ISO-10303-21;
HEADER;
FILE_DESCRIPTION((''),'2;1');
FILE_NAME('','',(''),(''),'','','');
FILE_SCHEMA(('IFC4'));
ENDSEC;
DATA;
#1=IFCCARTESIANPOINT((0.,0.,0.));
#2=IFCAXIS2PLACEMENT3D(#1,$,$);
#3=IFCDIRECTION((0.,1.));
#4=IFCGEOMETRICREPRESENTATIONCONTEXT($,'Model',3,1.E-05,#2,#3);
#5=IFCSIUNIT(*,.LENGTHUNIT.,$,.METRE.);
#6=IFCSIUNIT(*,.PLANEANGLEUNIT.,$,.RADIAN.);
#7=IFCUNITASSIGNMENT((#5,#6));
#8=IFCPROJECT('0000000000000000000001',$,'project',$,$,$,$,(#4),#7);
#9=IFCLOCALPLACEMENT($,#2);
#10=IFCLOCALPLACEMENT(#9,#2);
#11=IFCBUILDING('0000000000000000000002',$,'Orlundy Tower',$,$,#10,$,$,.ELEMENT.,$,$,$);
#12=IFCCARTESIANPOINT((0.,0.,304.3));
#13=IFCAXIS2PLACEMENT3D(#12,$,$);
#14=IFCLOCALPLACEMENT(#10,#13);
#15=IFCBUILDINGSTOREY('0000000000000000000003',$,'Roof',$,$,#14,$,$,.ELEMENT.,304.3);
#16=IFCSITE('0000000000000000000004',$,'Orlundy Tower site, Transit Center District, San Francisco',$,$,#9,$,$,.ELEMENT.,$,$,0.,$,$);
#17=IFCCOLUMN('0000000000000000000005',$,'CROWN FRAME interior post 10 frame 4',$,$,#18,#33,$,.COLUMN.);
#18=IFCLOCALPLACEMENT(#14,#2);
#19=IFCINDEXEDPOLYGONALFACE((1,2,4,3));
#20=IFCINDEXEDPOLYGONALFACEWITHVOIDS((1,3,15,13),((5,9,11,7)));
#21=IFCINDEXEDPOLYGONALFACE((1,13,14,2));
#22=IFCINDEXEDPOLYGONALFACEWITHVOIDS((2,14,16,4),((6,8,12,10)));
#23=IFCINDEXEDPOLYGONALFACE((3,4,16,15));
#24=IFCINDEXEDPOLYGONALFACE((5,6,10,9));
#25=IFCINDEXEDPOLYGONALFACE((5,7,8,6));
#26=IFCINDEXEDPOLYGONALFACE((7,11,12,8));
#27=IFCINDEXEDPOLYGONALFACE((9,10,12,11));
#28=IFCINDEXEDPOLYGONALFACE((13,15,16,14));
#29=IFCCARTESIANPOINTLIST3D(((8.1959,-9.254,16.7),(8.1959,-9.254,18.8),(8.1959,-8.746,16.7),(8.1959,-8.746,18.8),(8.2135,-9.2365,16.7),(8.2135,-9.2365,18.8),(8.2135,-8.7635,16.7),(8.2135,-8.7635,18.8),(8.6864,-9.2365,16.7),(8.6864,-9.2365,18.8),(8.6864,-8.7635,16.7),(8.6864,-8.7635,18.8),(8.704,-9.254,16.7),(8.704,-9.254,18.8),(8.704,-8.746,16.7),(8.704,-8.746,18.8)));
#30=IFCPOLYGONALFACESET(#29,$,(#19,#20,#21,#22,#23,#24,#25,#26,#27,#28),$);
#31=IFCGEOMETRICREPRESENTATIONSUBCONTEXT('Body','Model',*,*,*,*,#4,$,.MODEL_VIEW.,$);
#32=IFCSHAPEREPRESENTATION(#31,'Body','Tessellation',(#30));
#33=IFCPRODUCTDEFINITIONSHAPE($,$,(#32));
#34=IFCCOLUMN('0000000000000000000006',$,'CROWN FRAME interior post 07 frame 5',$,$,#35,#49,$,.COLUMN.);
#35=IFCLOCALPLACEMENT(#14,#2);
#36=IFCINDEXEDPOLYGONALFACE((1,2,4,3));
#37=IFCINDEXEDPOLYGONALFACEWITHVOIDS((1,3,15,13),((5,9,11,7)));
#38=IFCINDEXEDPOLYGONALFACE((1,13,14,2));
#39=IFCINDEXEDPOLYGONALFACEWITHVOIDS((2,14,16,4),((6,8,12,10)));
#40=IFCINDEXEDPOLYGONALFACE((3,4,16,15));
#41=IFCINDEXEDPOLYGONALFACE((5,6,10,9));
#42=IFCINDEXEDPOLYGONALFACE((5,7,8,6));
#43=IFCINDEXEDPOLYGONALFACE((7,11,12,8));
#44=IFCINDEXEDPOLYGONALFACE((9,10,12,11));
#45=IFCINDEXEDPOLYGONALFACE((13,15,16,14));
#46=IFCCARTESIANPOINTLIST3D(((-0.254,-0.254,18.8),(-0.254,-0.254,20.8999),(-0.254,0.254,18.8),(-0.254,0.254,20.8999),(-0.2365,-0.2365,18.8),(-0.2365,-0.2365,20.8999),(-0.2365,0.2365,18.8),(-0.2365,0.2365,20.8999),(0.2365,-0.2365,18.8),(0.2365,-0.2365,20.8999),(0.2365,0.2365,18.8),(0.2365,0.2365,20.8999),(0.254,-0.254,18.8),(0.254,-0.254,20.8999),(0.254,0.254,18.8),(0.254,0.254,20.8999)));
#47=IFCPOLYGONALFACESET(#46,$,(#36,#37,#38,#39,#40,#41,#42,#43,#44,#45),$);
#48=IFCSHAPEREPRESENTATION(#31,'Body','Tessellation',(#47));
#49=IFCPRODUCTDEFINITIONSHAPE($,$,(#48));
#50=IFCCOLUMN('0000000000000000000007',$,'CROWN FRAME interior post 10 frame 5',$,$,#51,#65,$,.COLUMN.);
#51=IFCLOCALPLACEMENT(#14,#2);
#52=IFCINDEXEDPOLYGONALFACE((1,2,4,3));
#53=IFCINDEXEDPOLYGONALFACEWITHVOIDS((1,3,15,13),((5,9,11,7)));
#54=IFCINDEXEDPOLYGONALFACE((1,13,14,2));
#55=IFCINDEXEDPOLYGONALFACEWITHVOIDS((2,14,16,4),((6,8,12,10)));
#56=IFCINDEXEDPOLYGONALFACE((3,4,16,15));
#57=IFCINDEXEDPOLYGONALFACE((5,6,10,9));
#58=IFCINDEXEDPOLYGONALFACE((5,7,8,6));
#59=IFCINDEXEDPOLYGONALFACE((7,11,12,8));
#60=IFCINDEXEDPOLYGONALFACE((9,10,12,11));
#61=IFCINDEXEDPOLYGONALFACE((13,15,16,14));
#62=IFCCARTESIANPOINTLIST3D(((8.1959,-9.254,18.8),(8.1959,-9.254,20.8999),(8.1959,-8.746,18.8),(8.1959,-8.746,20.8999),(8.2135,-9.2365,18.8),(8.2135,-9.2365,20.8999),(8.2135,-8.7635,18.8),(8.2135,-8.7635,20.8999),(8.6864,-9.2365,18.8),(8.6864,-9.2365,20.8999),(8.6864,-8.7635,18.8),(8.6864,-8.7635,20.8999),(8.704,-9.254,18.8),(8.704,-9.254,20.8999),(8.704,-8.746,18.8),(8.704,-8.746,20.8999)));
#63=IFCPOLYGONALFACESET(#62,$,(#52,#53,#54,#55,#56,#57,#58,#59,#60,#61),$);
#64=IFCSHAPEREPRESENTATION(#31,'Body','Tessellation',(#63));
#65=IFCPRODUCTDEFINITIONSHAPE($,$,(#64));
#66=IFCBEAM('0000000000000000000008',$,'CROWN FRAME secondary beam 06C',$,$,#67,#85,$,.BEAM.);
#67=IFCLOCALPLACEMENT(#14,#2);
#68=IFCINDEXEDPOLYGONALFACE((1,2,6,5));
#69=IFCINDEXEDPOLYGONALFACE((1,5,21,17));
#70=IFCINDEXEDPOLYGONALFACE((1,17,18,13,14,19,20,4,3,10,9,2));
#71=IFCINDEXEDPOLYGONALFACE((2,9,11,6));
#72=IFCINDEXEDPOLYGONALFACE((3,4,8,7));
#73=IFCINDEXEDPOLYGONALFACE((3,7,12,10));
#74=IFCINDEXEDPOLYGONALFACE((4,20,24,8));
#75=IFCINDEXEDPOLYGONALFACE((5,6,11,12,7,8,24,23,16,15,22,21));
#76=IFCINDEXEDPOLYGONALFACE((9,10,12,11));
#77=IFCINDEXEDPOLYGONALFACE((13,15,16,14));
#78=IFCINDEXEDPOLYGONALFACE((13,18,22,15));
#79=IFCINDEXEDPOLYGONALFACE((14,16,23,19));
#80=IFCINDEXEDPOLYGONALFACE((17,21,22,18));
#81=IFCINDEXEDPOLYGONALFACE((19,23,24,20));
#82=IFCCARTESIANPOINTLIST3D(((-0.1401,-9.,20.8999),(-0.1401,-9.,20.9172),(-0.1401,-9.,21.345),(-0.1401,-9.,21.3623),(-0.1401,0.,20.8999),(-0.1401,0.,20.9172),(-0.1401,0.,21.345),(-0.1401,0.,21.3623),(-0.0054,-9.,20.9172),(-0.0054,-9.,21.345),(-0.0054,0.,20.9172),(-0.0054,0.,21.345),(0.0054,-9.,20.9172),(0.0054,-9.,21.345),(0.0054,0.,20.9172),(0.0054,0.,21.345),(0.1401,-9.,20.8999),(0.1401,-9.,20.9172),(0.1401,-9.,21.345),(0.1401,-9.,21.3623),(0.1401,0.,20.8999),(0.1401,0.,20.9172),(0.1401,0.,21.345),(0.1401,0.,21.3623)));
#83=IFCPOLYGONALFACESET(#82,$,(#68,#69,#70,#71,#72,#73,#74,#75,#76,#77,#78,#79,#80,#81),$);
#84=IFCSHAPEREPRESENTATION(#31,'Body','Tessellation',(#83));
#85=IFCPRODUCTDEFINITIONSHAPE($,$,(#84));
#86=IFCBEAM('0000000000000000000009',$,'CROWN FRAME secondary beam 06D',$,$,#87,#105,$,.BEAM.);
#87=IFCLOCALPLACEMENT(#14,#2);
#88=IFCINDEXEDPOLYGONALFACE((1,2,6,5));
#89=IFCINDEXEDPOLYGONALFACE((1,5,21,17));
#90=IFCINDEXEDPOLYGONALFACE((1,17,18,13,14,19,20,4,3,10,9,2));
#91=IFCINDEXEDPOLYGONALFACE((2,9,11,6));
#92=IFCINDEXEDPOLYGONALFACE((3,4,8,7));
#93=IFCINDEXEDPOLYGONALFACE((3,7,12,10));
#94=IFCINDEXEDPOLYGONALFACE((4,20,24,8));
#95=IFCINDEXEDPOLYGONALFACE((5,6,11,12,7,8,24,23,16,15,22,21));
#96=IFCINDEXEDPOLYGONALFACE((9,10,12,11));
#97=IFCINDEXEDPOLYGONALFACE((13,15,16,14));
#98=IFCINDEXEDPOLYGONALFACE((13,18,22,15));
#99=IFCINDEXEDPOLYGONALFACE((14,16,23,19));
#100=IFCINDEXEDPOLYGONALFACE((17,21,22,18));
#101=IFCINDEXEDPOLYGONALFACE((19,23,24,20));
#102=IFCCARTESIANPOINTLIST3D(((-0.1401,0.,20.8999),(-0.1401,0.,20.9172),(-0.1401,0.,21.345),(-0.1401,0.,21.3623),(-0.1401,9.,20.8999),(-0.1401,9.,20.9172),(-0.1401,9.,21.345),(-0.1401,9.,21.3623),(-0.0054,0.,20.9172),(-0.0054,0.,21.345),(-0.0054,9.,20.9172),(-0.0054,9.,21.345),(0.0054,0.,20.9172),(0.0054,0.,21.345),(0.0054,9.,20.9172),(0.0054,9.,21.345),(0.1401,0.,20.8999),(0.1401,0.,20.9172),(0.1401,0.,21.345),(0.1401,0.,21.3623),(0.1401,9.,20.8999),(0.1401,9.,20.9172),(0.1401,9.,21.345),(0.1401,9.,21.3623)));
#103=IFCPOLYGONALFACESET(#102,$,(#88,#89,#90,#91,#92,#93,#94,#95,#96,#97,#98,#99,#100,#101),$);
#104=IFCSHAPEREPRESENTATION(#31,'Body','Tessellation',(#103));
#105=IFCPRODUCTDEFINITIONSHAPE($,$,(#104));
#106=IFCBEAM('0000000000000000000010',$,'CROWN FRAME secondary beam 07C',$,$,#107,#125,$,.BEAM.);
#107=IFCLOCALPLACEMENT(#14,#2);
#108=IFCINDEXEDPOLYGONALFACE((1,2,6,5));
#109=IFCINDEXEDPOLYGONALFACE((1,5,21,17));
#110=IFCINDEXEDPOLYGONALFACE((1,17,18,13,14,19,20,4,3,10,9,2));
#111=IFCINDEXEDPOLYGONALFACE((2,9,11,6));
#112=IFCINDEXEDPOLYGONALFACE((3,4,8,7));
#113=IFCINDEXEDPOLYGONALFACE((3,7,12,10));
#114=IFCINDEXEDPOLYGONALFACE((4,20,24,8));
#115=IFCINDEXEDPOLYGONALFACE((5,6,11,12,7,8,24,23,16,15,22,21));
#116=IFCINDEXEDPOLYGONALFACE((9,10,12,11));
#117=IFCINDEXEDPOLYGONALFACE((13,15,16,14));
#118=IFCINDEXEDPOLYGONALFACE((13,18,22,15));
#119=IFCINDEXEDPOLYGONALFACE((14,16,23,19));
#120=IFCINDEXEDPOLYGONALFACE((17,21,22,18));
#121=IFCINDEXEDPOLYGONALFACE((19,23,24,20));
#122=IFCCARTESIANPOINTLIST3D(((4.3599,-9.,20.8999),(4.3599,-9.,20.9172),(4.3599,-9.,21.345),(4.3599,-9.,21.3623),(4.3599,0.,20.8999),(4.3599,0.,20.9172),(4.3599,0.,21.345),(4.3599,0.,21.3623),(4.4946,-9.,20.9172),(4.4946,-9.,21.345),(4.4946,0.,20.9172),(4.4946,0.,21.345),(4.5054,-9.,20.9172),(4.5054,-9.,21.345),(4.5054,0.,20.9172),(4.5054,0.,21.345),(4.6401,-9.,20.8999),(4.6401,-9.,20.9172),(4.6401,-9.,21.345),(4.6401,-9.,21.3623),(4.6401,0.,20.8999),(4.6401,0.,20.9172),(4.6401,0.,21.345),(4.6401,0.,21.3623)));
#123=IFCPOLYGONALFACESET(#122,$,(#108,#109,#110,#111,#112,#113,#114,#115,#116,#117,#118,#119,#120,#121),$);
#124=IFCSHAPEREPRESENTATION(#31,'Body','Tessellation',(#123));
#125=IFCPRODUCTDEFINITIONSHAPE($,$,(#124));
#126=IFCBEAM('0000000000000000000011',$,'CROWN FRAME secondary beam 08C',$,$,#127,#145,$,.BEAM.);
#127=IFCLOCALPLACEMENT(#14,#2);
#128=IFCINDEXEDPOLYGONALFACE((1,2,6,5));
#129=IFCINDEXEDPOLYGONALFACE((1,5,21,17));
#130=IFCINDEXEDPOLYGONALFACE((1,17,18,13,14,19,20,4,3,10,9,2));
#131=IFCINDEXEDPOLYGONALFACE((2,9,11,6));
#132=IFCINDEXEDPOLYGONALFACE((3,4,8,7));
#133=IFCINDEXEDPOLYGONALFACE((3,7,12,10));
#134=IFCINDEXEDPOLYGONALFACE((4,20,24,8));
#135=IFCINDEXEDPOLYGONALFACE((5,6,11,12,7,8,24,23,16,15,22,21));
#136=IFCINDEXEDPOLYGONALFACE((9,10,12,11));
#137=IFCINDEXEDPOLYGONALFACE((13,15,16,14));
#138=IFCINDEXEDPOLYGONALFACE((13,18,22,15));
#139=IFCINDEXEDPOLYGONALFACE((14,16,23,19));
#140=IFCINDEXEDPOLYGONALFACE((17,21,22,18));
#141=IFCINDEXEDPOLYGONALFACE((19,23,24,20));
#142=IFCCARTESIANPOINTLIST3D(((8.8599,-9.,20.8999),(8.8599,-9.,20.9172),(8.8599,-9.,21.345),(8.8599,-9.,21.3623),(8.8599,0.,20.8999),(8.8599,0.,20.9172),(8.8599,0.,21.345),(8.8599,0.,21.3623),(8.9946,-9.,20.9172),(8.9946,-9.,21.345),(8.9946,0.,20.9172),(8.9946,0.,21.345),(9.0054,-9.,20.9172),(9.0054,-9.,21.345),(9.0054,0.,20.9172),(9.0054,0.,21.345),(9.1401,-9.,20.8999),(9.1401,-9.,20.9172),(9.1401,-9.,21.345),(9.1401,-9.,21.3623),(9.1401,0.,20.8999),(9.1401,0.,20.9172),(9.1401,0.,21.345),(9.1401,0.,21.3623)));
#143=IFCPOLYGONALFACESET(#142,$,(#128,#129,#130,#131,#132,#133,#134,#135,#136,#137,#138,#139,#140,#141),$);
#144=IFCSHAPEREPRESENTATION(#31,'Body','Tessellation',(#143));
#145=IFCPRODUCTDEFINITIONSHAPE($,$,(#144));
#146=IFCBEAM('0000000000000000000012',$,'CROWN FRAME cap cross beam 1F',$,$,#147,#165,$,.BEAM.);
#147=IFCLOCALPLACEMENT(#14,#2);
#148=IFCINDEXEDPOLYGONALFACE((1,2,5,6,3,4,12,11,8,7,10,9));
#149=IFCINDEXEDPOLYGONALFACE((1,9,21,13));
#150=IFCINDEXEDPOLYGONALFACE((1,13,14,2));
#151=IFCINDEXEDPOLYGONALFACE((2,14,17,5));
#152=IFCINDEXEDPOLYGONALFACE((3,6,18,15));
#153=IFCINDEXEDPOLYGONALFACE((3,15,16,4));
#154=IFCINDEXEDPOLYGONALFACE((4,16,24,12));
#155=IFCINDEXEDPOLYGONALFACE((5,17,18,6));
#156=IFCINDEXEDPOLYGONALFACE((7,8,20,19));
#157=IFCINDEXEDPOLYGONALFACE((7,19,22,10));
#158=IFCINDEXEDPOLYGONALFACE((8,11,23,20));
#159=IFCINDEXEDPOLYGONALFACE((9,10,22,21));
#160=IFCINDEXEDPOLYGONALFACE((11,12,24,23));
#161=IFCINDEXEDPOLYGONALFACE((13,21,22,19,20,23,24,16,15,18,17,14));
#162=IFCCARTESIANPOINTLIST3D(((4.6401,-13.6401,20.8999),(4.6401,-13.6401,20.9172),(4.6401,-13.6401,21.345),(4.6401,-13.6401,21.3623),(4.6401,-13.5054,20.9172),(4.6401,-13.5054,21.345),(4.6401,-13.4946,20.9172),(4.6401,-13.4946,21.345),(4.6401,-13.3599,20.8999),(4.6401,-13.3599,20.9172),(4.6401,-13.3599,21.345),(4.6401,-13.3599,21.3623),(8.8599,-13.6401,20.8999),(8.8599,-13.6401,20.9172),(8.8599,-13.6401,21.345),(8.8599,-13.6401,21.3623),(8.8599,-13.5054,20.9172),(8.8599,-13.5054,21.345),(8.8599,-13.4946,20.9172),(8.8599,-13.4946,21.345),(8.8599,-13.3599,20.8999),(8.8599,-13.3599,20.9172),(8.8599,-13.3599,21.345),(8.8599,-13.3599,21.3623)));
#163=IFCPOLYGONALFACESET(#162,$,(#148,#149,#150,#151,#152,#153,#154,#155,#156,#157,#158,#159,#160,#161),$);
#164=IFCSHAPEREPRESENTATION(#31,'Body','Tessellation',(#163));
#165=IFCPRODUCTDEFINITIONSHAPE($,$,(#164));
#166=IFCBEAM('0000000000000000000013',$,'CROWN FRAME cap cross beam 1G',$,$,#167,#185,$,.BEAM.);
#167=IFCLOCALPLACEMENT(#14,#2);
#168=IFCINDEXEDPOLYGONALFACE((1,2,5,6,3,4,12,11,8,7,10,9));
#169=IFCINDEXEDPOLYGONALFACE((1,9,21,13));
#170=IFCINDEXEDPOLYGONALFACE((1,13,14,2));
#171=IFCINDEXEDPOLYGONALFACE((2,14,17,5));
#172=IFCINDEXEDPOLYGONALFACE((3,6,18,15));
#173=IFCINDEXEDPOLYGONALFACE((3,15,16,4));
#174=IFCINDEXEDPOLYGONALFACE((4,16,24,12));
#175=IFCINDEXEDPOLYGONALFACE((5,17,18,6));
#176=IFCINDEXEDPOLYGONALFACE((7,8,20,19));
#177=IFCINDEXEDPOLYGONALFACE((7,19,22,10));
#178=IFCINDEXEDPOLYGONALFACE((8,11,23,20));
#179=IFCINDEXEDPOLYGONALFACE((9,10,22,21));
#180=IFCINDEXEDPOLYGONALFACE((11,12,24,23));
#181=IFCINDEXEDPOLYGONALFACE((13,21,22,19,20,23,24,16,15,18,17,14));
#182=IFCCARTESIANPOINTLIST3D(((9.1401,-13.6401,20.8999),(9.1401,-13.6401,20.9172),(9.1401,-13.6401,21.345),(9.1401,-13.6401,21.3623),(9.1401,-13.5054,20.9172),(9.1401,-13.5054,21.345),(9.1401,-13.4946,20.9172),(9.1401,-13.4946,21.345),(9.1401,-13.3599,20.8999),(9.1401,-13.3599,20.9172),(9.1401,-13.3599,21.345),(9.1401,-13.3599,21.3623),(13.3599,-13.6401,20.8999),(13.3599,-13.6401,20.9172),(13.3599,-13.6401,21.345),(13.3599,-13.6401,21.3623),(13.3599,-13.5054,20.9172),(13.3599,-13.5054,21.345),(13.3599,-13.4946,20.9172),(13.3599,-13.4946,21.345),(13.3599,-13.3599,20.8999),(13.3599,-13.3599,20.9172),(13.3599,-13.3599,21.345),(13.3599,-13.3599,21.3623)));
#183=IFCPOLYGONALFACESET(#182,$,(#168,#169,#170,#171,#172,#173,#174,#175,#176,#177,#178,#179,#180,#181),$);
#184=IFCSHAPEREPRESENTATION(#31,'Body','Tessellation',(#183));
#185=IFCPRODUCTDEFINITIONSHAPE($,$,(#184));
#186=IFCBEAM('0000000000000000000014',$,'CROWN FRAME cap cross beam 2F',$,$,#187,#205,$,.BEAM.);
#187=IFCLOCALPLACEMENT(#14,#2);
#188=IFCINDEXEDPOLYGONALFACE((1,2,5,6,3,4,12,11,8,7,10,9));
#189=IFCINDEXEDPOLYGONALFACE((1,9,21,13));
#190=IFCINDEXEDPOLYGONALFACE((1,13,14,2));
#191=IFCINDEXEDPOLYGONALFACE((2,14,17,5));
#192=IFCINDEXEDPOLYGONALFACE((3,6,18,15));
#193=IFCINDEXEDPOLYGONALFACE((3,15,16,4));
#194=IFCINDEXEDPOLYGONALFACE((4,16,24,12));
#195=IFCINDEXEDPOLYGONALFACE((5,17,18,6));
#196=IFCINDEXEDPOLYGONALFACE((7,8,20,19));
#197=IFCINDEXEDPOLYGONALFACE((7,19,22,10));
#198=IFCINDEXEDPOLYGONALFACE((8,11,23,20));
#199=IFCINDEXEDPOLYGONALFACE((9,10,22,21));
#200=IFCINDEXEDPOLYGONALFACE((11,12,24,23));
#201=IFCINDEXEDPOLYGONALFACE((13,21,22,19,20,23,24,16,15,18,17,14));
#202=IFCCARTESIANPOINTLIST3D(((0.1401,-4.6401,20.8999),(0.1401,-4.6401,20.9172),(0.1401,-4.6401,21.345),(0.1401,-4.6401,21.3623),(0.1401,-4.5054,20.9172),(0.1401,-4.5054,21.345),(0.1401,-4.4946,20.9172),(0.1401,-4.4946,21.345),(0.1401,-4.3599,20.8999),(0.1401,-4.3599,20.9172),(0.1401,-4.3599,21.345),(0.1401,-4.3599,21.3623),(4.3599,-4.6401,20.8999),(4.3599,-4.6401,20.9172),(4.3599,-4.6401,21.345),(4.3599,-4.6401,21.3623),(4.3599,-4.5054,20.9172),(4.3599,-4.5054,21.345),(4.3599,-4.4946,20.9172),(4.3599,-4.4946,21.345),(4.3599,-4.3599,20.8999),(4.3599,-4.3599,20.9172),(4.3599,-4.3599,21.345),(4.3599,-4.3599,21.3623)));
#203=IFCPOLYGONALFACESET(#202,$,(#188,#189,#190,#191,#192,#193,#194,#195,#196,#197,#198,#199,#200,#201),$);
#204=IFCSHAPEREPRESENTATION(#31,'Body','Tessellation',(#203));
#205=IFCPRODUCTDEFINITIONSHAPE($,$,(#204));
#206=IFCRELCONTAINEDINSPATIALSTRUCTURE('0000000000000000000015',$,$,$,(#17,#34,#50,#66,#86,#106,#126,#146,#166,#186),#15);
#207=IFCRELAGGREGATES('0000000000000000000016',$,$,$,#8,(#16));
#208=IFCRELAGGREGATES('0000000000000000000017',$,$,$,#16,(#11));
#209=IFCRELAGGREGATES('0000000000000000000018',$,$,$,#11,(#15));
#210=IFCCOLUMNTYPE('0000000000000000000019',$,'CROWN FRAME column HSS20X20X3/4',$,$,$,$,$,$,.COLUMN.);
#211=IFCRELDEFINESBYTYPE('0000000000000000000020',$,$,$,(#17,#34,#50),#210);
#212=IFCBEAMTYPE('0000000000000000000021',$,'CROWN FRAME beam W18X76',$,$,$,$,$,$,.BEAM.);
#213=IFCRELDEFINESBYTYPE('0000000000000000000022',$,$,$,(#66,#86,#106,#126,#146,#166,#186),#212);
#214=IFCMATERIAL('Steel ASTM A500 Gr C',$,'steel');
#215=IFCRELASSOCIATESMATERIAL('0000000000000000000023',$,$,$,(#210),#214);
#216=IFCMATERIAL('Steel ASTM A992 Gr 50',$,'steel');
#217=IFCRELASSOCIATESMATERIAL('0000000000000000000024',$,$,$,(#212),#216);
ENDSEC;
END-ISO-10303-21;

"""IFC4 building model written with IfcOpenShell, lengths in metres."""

from ifc_helpers import new_model, si_unit, direction, frame, origin, origin_2d, place, context, subcontext, project, spatial, hollow_rectangle, i_section, extrude, material, material_profile, profile_set, type_object, element, save


model = new_model("IFC4")

# Units and contexts
model_context = context("Model", 3, precision=1e-05, world=origin(), true_north=direction((0.0, 1.0)))
body_context = subcontext(model_context, "Body", "Model", "MODEL_VIEW")
ifc_project = project(units=[si_unit("LENGTHUNIT", "METRE"), si_unit("PLANEANGLEUNIT", "RADIAN")], contexts=[model_context])

# Site, building, storey
site_placement = place(None, origin())
site = spatial("IfcSite", under=ifc_project, at=site_placement, Name="Orlundy Tower site, Transit Center District, San Francisco", CompositionType="ELEMENT", RefElevation=0.0)
building_placement = place(site_placement, origin())
building = spatial("IfcBuilding", under=site, at=building_placement, Name="Orlundy Tower", CompositionType="ELEMENT")
storey_placement = place(building_placement, frame((0.0, 0.0, 304.3)))
storey = spatial("IfcBuildingStorey", under=building, at=storey_placement, Name="Roof", CompositionType="ELEMENT", Elevation=304.3)

# Columns
ifc_material_1 = material(Name="Steel ASTM A500 Gr C", Category="steel")
ifc_material_profile_1 = material_profile(ifc_material_1, hollow_rectangle(XDim=0.5081, YDim=0.5081, WallThickness=0.0176, at=origin_2d()), Name="HSS20X20X3/4")
ifc_profile_set_1 = profile_set([ifc_material_profile_1], Name="Steel ASTM A500 Gr C")
column_type = type_object("IfcColumnType", Name="CROWN FRAME column HSS20X20X3/4", PredefinedType="COLUMN", material=ifc_profile_set_1)
column_placement = place(storey_placement, frame((8.45, -9.0, 16.7), z_axis=(0.0, 0.0, 1.0), x_axis=(1.0, 0.0, 0.0)))
element("IfcColumn", 1, at=column_placement, inside=storey, type_object=column_type, Name="CROWN FRAME interior post 10 frame 4", PredefinedType="COLUMN", context=body_context, shape_type="SweptSolid", body=[
    extrude(hollow_rectangle(XDim=0.5081, YDim=0.5081, WallThickness=0.0176, at=origin_2d()), origin(), (0.0, 0.0, 1.0), 2.1001),
])
for number, where, z_axis, x_axis, name in (
    (2, (0.0, 0.0, 18.8), (0.0, 0.0, 1.0), (1.0, 0.0, 0.0), "CROWN FRAME interior post 07 frame 5"),
    (3, (8.45, -9.0, 18.8), (0.0, 0.0, 1.0), (1.0, 0.0, 0.0), "CROWN FRAME interior post 10 frame 5"),
):
    element("IfcColumn", number, at=place(storey_placement, frame(where, z_axis=z_axis, x_axis=x_axis)), inside=storey, type_object=column_type, Name=name, PredefinedType="COLUMN", context=body_context, shape_type="SweptSolid", body=[
        extrude(hollow_rectangle(XDim=0.5081, YDim=0.5081, WallThickness=0.0176, at=origin_2d()), origin(), (0.0, 0.0, 1.0), 2.0999),
    ])

# Beams
ifc_material_2 = material(Name="Steel ASTM A992 Gr 50", Category="steel")
ifc_material_profile_2 = material_profile(ifc_material_2, i_section(OverallWidth=0.2803, OverallDepth=0.4624, WebThickness=0.0107, FlangeThickness=0.0173, at=origin_2d()), Name="W18X76")
ifc_profile_set_2 = profile_set([ifc_material_profile_2], Name="Steel ASTM A992 Gr 50")
beam_type_1 = type_object("IfcBeamType", Name="CROWN FRAME beam W18X76", PredefinedType="BEAM", material=ifc_profile_set_2)
for number, where, z_axis, x_axis, name in (
    (4, (0.0, -9.0, 21.1311), (0.0, 1.0, 0.0), (-1.0, 0.0, 0.0), "CROWN FRAME secondary beam 06C"),
    (5, (0.0, 0.0, 21.1311), (0.0, 1.0, 0.0), (-1.0, 0.0, 0.0), "CROWN FRAME secondary beam 06D"),
    (6, (4.5, -9.0, 21.1311), (0.0, 1.0, 0.0), (-1.0, 0.0, 0.0), "CROWN FRAME secondary beam 07C"),
    (7, (9.0, -9.0, 21.1311), (0.0, 1.0, 0.0), (-1.0, 0.0, 0.0), "CROWN FRAME secondary beam 08C"),
):
    element("IfcBeam", number, at=place(storey_placement, frame(where, z_axis=z_axis, x_axis=x_axis)), inside=storey, type_object=beam_type_1, Name=name, PredefinedType="BEAM", context=body_context, shape_type="SweptSolid", body=[
        extrude(i_section(OverallWidth=0.2803, OverallDepth=0.4624, WebThickness=0.0107, FlangeThickness=0.0173, at=origin_2d()), origin(), (0.0, 0.0, 1.0), 9.0),
    ])
for number, where, z_axis, x_axis, name in (
    (8, (4.6401, -13.5, 21.1311), (1.0, 0.0, 0.0), (0.0, 1.0, 0.0), "CROWN FRAME cap cross beam 1F"),
    (9, (9.1401, -13.5, 21.1311), (1.0, 0.0, 0.0), (0.0, 1.0, 0.0), "CROWN FRAME cap cross beam 1G"),
    (10, (0.1401, -4.5, 21.1311), (1.0, 0.0, 0.0), (0.0, 1.0, 0.0), "CROWN FRAME cap cross beam 2F"),
):
    element("IfcBeam", number, at=place(storey_placement, frame(where, z_axis=z_axis, x_axis=x_axis)), inside=storey, type_object=beam_type_1, Name=name, PredefinedType="BEAM", context=body_context, shape_type="SweptSolid", body=[
        extrude(i_section(OverallWidth=0.2803, OverallDepth=0.4624, WebThickness=0.0107, FlangeThickness=0.0173, at=origin_2d()), origin(), (0.0, 0.0, 1.0), 4.2197),
    ])

save(model, "model.ifc")
